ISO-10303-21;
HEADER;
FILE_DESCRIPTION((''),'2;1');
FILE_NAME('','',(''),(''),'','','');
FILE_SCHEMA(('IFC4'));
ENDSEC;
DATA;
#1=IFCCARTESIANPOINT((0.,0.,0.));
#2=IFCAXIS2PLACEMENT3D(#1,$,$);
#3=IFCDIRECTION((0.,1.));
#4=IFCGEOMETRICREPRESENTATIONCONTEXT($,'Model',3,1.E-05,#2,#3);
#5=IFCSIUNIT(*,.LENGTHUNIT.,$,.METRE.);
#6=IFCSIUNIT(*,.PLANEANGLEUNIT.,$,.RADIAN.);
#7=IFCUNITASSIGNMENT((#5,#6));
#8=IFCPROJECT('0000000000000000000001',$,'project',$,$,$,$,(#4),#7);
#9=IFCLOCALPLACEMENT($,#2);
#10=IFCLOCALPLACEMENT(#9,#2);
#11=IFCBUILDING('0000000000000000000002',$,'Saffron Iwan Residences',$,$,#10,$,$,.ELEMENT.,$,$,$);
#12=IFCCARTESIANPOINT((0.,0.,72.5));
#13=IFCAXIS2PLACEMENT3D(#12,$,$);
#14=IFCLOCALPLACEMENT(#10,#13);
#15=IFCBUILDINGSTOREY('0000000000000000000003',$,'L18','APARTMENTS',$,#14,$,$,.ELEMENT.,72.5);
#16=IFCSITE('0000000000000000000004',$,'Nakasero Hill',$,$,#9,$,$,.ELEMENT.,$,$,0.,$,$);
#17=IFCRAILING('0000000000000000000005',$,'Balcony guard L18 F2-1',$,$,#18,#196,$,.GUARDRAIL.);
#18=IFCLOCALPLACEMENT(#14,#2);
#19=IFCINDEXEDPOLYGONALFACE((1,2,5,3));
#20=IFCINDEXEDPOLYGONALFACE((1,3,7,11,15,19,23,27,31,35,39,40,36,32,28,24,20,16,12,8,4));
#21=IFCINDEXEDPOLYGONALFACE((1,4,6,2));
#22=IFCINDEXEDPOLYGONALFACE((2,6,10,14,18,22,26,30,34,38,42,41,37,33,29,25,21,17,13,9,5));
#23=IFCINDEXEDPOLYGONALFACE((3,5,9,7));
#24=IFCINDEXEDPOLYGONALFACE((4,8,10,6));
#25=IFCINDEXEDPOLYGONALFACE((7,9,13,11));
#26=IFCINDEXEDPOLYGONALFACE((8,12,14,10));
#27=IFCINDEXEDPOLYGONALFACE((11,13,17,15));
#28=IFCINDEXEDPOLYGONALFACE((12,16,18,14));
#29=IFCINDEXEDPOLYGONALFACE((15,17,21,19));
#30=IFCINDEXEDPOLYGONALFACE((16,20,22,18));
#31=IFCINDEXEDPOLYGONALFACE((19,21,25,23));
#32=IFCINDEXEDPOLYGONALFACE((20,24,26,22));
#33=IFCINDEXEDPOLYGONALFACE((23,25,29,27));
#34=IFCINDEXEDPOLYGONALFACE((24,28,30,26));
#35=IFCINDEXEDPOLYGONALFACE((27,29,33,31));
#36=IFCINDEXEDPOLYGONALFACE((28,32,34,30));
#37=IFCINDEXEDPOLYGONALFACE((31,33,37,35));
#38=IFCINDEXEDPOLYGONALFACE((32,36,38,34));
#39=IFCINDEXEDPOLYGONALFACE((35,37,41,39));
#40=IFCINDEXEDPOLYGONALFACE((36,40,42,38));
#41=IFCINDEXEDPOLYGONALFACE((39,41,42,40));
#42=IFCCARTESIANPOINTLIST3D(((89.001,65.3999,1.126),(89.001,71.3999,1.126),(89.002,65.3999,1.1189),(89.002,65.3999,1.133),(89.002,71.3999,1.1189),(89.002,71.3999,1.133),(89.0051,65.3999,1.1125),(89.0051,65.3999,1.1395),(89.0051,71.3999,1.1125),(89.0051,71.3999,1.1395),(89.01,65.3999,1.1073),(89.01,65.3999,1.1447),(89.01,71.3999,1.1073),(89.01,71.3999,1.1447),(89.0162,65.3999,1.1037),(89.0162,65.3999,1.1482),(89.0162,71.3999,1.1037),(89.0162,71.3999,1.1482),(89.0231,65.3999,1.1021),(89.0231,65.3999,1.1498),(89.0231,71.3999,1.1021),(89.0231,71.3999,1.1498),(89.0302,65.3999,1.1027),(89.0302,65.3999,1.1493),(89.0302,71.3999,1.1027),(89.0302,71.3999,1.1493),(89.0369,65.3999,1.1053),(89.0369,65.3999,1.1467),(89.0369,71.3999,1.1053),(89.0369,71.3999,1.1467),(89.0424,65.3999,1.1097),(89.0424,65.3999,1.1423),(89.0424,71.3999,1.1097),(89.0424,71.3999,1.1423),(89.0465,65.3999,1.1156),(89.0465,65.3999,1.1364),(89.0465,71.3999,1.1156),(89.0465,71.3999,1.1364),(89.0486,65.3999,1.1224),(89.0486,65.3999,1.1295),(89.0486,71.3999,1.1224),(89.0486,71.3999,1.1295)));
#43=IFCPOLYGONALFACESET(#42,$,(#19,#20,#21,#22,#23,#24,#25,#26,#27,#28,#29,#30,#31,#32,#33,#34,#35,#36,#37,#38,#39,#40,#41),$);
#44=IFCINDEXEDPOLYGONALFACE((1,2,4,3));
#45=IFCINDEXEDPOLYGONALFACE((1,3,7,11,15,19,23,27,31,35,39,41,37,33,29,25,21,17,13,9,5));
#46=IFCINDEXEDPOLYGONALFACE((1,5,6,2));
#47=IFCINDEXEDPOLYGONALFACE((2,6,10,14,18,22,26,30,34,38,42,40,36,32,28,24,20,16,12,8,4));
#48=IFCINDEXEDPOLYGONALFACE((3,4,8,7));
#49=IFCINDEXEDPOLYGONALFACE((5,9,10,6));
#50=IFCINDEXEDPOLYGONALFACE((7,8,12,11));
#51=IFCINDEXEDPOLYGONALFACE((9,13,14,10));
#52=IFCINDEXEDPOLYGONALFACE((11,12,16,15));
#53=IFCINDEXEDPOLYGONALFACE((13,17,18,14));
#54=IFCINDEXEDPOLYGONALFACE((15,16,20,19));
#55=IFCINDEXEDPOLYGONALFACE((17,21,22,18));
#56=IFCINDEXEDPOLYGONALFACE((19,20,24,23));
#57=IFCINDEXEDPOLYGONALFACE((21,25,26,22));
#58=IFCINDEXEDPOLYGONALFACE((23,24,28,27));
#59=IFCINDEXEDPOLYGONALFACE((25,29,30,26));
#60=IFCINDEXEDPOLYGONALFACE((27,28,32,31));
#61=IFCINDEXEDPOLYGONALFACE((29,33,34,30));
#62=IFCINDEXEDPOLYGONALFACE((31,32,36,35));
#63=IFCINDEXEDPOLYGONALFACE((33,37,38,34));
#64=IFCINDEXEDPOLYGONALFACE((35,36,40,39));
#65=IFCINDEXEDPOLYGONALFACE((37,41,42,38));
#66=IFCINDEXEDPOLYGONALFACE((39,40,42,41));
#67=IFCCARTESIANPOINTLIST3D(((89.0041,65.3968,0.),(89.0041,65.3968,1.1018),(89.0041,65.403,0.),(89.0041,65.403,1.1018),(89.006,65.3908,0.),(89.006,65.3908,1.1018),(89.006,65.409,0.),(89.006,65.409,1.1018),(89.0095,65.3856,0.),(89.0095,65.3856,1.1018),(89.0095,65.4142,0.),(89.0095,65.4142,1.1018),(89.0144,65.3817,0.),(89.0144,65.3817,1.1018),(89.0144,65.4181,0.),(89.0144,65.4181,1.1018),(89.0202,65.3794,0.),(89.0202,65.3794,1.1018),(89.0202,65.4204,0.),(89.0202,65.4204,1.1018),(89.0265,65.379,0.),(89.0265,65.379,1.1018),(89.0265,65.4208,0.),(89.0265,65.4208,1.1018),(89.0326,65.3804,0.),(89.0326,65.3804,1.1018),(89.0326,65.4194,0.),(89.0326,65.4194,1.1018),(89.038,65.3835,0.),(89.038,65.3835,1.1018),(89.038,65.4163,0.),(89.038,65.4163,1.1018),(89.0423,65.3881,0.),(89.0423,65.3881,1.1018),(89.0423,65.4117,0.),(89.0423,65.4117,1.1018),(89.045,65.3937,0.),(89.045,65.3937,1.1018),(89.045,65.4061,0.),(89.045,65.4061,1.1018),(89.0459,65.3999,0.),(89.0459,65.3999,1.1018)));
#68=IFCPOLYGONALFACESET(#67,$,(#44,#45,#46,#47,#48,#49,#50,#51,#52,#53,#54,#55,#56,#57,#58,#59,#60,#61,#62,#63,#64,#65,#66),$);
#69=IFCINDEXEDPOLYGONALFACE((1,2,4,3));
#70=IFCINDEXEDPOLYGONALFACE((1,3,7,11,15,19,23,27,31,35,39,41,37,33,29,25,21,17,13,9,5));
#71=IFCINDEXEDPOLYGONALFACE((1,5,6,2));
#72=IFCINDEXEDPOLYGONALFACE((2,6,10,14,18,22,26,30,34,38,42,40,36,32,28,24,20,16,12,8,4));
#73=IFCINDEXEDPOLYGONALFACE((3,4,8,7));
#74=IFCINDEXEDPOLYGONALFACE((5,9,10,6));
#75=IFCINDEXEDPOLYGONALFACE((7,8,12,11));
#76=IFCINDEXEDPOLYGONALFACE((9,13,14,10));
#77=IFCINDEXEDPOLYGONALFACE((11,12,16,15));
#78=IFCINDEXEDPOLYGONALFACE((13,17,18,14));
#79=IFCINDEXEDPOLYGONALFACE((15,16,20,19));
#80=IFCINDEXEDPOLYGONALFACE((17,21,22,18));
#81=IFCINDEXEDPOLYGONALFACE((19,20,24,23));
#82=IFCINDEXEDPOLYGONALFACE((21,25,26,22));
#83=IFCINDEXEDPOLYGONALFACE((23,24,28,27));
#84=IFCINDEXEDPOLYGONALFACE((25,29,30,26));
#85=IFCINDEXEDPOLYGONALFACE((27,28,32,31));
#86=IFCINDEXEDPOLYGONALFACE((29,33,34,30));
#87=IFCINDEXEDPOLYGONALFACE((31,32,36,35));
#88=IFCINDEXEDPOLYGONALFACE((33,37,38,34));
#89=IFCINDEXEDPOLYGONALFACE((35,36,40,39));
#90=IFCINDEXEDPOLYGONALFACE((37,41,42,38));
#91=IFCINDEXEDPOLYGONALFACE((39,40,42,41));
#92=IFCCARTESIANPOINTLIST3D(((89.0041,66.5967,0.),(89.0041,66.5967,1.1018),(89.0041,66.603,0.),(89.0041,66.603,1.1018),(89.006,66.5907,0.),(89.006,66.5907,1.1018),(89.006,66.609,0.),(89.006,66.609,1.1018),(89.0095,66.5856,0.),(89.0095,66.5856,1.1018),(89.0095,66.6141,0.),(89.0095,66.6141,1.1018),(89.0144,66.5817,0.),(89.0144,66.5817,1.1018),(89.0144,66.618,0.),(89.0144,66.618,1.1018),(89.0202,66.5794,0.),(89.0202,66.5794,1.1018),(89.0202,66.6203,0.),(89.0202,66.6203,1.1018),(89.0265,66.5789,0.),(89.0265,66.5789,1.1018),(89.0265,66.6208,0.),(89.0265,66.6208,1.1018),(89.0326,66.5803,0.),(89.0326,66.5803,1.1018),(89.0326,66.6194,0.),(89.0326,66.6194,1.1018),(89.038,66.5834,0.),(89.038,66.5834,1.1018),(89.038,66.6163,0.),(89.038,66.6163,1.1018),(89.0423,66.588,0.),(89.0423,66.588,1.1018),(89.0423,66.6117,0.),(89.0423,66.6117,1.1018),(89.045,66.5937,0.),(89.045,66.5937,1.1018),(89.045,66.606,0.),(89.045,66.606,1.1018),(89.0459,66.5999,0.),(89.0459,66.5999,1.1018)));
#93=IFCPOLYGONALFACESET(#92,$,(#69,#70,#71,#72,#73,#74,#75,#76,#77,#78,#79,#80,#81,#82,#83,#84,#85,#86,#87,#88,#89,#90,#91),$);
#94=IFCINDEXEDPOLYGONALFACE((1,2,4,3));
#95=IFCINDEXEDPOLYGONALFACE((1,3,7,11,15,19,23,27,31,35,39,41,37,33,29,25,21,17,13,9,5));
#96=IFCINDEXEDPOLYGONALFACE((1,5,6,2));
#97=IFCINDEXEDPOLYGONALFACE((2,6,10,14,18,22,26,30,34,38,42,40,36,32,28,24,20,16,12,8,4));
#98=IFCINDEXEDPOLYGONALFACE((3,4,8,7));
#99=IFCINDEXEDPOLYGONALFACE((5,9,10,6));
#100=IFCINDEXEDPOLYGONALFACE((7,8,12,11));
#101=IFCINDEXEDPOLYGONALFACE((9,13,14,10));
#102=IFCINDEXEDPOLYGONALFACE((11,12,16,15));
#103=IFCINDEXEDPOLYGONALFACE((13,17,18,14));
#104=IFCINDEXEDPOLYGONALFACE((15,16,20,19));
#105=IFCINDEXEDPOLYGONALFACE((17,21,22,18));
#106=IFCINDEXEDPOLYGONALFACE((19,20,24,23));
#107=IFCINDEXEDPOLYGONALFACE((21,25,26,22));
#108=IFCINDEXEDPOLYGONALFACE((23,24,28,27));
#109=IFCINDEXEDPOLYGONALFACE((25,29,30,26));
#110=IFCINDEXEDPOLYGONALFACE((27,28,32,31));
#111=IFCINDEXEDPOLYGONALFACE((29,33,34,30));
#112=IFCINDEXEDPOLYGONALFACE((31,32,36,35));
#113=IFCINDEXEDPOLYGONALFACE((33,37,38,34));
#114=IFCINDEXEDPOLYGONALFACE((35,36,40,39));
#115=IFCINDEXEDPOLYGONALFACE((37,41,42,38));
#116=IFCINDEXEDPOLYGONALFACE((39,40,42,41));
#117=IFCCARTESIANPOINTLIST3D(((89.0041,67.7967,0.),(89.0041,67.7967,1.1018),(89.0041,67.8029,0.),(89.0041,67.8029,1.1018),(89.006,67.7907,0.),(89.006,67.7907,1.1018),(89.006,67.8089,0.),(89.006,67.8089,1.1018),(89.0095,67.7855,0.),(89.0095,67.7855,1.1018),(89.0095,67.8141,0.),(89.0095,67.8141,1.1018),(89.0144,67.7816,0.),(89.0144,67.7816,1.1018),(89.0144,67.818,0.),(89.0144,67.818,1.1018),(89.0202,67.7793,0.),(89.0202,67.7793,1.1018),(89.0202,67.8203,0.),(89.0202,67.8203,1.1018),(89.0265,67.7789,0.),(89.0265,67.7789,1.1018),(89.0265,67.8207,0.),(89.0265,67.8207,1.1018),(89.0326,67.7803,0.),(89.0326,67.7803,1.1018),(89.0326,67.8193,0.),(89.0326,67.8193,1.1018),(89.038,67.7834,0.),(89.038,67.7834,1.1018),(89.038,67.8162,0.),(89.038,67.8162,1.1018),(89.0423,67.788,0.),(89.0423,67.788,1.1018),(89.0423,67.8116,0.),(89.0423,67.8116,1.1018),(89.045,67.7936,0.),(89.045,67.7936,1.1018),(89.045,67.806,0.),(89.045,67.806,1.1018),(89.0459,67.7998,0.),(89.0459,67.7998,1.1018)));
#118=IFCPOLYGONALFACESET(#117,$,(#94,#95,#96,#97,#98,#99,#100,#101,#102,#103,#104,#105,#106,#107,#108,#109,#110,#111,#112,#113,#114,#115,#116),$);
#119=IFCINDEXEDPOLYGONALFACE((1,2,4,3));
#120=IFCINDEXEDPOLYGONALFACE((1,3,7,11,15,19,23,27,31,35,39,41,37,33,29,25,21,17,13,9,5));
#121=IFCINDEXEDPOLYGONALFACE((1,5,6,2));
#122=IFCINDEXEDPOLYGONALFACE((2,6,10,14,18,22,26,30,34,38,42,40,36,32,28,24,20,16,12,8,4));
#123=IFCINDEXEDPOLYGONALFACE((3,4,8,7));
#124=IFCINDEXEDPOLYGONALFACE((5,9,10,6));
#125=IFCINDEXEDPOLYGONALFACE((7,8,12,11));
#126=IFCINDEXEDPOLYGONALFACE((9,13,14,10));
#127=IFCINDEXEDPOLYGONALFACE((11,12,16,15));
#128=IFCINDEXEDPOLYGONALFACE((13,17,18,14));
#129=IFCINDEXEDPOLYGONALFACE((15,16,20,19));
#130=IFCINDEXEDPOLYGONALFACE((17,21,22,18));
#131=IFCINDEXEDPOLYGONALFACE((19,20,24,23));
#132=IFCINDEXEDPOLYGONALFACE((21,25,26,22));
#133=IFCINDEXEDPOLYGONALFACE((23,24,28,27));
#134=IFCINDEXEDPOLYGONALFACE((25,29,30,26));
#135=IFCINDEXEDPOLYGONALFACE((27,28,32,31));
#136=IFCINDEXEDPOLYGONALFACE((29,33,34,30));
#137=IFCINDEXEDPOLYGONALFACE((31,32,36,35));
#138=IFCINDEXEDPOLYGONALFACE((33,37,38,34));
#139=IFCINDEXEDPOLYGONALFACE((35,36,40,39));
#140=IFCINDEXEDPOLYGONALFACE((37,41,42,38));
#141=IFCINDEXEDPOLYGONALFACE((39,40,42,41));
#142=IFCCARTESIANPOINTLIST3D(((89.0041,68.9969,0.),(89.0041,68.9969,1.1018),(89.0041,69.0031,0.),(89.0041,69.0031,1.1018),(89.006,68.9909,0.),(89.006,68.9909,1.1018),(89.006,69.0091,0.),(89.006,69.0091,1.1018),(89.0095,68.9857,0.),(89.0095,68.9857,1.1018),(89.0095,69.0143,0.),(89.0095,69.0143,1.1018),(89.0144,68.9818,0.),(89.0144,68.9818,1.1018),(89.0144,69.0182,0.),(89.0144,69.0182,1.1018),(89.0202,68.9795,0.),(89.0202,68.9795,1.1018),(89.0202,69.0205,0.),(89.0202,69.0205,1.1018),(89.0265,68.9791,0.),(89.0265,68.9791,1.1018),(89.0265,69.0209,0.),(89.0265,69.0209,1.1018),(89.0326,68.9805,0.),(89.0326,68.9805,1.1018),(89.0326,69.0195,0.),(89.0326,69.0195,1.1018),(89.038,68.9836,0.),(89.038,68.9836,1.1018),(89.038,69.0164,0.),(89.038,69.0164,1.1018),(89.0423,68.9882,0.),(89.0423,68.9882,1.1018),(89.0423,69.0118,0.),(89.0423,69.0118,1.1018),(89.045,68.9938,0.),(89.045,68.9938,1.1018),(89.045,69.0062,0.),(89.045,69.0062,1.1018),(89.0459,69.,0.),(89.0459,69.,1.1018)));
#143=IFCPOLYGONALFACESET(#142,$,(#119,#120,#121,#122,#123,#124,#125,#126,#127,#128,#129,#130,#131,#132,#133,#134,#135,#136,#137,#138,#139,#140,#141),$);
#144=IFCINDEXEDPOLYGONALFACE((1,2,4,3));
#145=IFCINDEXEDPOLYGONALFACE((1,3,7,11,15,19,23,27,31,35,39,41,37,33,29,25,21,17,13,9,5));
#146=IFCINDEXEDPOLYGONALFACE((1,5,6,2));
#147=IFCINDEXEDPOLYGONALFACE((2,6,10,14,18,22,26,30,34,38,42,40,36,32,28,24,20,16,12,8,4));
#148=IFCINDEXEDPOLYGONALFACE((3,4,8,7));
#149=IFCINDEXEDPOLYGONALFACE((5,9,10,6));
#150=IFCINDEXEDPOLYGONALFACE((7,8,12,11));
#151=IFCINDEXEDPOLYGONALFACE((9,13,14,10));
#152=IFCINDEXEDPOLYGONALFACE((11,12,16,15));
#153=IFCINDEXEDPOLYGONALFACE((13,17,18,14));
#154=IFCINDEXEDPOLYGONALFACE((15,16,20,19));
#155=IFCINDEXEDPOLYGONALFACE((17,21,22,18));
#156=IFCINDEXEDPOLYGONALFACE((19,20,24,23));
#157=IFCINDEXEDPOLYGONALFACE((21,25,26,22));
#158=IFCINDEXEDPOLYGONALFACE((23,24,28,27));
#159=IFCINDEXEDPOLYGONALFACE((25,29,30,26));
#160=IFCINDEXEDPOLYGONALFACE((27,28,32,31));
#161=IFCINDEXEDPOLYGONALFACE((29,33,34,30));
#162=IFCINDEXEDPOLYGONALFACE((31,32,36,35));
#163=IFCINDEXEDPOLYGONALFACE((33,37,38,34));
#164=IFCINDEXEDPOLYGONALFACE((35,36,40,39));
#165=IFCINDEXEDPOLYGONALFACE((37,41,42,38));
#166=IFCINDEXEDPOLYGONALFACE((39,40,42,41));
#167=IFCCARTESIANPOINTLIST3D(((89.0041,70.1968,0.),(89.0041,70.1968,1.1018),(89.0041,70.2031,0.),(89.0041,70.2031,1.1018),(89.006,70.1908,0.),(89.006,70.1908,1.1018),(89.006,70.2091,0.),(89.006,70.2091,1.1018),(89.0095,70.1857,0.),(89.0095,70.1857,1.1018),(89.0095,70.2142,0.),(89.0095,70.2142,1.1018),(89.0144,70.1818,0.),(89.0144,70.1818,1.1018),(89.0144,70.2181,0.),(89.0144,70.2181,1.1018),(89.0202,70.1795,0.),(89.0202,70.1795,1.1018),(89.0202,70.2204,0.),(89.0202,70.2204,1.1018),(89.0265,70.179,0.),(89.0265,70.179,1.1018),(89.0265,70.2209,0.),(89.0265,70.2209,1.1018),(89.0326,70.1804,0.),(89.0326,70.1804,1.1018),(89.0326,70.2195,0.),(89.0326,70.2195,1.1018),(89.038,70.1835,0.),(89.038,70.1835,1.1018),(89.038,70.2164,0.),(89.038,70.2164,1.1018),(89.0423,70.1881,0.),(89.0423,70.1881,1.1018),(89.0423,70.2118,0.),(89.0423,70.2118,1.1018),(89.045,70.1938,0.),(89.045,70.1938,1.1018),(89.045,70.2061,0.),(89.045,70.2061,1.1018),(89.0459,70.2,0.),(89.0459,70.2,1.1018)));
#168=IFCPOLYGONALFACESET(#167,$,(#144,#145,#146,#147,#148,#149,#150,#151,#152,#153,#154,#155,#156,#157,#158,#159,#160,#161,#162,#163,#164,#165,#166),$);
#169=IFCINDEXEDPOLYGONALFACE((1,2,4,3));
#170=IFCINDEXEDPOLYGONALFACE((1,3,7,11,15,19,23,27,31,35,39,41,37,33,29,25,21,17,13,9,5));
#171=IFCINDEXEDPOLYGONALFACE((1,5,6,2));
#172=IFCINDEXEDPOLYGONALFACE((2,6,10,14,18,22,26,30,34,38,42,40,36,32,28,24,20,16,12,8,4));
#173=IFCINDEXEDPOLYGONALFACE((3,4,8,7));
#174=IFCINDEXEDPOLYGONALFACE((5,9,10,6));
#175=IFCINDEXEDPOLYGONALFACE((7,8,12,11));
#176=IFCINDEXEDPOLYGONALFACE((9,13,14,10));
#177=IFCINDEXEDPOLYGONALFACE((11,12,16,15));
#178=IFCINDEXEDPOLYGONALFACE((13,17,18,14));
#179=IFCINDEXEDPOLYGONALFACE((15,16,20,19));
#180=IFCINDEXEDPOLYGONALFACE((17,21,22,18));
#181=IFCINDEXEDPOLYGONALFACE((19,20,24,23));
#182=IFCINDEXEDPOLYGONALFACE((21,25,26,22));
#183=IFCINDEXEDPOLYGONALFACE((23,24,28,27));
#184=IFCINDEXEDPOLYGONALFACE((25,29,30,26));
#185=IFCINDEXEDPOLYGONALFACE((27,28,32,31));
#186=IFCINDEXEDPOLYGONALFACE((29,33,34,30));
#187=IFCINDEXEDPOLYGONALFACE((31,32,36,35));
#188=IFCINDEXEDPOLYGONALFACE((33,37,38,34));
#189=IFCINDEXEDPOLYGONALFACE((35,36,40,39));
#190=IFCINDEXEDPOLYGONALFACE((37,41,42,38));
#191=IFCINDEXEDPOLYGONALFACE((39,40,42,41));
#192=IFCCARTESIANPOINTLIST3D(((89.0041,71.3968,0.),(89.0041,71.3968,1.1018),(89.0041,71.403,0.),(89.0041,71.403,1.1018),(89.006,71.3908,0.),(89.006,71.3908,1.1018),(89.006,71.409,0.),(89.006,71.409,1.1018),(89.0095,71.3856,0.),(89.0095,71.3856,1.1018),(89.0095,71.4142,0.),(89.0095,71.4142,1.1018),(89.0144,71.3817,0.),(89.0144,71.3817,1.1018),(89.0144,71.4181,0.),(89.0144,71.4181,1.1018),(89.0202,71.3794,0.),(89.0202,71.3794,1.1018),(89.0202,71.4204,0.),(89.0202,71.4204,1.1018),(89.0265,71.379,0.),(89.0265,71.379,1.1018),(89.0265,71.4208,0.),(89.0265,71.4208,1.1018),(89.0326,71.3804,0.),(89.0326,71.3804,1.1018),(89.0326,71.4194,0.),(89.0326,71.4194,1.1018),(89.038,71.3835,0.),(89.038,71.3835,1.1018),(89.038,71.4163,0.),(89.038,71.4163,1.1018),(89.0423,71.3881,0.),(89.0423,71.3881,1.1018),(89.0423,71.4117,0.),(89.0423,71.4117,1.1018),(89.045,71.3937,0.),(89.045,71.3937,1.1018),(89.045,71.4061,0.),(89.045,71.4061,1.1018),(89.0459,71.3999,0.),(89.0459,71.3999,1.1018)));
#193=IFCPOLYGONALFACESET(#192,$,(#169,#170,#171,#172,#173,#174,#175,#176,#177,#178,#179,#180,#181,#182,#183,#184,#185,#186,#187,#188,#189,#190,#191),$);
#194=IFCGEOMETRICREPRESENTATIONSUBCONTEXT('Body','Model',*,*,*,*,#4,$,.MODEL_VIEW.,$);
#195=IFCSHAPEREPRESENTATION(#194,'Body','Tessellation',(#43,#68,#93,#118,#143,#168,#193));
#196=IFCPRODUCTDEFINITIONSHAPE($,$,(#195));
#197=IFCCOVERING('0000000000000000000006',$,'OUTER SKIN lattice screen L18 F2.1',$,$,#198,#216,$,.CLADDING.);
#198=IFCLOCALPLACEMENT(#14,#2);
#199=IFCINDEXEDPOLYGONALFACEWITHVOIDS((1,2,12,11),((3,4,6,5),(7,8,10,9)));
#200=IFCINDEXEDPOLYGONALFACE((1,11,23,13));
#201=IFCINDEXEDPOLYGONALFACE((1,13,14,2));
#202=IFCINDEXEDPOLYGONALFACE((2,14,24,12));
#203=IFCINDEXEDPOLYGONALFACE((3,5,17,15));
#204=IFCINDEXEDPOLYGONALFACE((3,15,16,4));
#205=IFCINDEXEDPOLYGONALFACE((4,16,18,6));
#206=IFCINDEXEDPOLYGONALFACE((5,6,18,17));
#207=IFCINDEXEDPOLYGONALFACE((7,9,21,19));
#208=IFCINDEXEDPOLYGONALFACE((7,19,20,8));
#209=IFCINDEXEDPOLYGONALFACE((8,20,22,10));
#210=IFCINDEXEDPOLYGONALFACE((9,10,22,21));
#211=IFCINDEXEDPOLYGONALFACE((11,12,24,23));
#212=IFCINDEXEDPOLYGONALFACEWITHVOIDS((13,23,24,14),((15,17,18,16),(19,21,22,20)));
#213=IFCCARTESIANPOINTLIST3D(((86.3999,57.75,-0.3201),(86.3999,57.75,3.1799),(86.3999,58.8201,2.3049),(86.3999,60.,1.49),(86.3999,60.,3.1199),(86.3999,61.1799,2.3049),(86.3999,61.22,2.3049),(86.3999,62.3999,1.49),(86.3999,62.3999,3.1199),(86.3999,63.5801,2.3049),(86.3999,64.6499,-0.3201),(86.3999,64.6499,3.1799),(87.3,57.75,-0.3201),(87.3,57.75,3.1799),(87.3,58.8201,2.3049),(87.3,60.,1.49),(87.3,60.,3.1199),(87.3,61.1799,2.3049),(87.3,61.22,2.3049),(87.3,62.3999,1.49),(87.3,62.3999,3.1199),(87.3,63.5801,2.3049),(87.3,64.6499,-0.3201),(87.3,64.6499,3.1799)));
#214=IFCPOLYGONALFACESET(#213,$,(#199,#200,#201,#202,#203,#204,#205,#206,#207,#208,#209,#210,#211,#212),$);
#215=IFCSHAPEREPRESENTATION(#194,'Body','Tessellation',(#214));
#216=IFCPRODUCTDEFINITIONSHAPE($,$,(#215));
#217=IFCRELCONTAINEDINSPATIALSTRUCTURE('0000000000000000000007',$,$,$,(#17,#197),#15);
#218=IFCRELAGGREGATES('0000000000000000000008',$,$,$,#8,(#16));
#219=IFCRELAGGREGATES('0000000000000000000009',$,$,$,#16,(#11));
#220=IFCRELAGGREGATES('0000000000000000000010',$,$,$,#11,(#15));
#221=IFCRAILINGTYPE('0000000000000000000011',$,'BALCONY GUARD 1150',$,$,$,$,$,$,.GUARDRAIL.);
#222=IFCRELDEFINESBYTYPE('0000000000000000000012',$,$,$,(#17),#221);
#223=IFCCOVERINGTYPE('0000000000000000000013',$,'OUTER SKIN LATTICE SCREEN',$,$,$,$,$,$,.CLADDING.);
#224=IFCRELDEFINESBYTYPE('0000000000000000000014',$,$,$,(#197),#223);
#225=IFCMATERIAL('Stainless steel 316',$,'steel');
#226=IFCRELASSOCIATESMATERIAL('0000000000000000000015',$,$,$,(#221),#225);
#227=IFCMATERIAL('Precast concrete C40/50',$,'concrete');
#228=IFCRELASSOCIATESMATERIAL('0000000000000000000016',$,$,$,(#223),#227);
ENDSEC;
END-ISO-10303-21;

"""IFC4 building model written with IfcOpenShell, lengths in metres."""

from ifc_helpers import new_model, si_unit, direction, frame, origin, origin_2d, place, context, subcontext, project, spatial, polyline, circle, outline, extrude, material, type_object, element, save


model = new_model("IFC4")

# Units and contexts
model_context = context("Model", 3, precision=1e-05, world=origin(), true_north=direction((0.0, 1.0)))
body_context = subcontext(model_context, "Body", "Model", "MODEL_VIEW")
ifc_project = project(units=[si_unit("LENGTHUNIT", "METRE"), si_unit("PLANEANGLEUNIT", "RADIAN")], contexts=[model_context])

# Site, building, storey
site_placement = place(None, origin())
site = spatial("IfcSite", under=ifc_project, at=site_placement, Name="Nakasero Hill", CompositionType="ELEMENT", RefElevation=0.0)
building_placement = place(site_placement, origin())
building = spatial("IfcBuilding", under=site, at=building_placement, Name="Saffron Iwan Residences", CompositionType="ELEMENT")
storey_placement = place(building_placement, frame((0.0, 0.0, 72.5)))
storey = spatial("IfcBuildingStorey", under=building, at=storey_placement, Name="L18", Description="APARTMENTS", CompositionType="ELEMENT", Elevation=72.5)

# Railing
ifc_material_1 = material(Name="Stainless steel 316", Category="steel")
railing_type = type_object("IfcRailingType", Name="BALCONY GUARD 1150", PredefinedType="GUARDRAIL", material=ifc_material_1)
railing_placement = place(storey_placement, frame((89.0249, 65.3999, 0.0)))
element("IfcRailing", 1, at=railing_placement, inside=storey, type_object=railing_type, Name="Balcony guard L18 F2-1", PredefinedType="GUARDRAIL", context=body_context, shape_type="SweptSolid", body=[
    extrude(circle(Radius=0.0239, at=origin_2d()), frame((0.0, 0.0, 1.126), z_axis=(0.0, 1.0, 0.0), x_axis=(-1.0, 0.0, 0.0)), (0.0, 0.0, 1.0), 6.0),
    extrude(circle(Radius=0.021, at=origin_2d()), origin(), (0.0, 0.0, 1.0), 1.1018),
    extrude(circle(Radius=0.021, at=origin_2d()), frame((0.0, 1.2, 0.0)), (0.0, 0.0, 1.0), 1.1018),
    extrude(circle(Radius=0.021, at=origin_2d()), frame((0.0, 2.3999, 0.0)), (0.0, 0.0, 1.0), 1.1018),
    extrude(circle(Radius=0.021, at=origin_2d()), frame((0.0, 3.6001, 0.0)), (0.0, 0.0, 1.0), 1.1018),
    extrude(circle(Radius=0.021, at=origin_2d()), frame((0.0, 4.8, 0.0)), (0.0, 0.0, 1.0), 1.1018),
    extrude(circle(Radius=0.021, at=origin_2d()), frame((0.0, 6.0, 0.0)), (0.0, 0.0, 1.0), 1.1018),
])

# Covering
ifc_material_2 = material(Name="Precast concrete C40/50", Category="concrete")
covering_type = type_object("IfcCoveringType", Name="OUTER SKIN LATTICE SCREEN", PredefinedType="CLADDING", material=ifc_material_2)
covering_placement = place(storey_placement, frame((86.3999, 57.75, -0.3201), z_axis=(1.0, 0.0, 0.0), x_axis=(0.0, 1.0, 0.0)))
element("IfcCovering", 2, at=covering_placement, inside=storey, type_object=covering_type, Name="OUTER SKIN lattice screen L18 F2.1", PredefinedType="CLADDING", context=body_context, shape_type="SweptSolid", body=[
    extrude(outline(polyline([(0.0, 0.0), (6.8999, 0.0), (6.8999, 3.5), (0.0, 3.5), (0.0, 0.0)]), holes=[polyline([(1.0701, 2.625), (2.25, 1.8101), (3.4299, 2.625), (2.25, 3.4399), (1.0701, 2.625)]), polyline([(3.47, 2.625), (4.6499, 1.8101), (5.8301, 2.625), (4.6499, 3.4399), (3.47, 2.625)])]), origin(), (0.0, 0.0, 1.0), 0.9001),
])

save(model, "model.ifc")
